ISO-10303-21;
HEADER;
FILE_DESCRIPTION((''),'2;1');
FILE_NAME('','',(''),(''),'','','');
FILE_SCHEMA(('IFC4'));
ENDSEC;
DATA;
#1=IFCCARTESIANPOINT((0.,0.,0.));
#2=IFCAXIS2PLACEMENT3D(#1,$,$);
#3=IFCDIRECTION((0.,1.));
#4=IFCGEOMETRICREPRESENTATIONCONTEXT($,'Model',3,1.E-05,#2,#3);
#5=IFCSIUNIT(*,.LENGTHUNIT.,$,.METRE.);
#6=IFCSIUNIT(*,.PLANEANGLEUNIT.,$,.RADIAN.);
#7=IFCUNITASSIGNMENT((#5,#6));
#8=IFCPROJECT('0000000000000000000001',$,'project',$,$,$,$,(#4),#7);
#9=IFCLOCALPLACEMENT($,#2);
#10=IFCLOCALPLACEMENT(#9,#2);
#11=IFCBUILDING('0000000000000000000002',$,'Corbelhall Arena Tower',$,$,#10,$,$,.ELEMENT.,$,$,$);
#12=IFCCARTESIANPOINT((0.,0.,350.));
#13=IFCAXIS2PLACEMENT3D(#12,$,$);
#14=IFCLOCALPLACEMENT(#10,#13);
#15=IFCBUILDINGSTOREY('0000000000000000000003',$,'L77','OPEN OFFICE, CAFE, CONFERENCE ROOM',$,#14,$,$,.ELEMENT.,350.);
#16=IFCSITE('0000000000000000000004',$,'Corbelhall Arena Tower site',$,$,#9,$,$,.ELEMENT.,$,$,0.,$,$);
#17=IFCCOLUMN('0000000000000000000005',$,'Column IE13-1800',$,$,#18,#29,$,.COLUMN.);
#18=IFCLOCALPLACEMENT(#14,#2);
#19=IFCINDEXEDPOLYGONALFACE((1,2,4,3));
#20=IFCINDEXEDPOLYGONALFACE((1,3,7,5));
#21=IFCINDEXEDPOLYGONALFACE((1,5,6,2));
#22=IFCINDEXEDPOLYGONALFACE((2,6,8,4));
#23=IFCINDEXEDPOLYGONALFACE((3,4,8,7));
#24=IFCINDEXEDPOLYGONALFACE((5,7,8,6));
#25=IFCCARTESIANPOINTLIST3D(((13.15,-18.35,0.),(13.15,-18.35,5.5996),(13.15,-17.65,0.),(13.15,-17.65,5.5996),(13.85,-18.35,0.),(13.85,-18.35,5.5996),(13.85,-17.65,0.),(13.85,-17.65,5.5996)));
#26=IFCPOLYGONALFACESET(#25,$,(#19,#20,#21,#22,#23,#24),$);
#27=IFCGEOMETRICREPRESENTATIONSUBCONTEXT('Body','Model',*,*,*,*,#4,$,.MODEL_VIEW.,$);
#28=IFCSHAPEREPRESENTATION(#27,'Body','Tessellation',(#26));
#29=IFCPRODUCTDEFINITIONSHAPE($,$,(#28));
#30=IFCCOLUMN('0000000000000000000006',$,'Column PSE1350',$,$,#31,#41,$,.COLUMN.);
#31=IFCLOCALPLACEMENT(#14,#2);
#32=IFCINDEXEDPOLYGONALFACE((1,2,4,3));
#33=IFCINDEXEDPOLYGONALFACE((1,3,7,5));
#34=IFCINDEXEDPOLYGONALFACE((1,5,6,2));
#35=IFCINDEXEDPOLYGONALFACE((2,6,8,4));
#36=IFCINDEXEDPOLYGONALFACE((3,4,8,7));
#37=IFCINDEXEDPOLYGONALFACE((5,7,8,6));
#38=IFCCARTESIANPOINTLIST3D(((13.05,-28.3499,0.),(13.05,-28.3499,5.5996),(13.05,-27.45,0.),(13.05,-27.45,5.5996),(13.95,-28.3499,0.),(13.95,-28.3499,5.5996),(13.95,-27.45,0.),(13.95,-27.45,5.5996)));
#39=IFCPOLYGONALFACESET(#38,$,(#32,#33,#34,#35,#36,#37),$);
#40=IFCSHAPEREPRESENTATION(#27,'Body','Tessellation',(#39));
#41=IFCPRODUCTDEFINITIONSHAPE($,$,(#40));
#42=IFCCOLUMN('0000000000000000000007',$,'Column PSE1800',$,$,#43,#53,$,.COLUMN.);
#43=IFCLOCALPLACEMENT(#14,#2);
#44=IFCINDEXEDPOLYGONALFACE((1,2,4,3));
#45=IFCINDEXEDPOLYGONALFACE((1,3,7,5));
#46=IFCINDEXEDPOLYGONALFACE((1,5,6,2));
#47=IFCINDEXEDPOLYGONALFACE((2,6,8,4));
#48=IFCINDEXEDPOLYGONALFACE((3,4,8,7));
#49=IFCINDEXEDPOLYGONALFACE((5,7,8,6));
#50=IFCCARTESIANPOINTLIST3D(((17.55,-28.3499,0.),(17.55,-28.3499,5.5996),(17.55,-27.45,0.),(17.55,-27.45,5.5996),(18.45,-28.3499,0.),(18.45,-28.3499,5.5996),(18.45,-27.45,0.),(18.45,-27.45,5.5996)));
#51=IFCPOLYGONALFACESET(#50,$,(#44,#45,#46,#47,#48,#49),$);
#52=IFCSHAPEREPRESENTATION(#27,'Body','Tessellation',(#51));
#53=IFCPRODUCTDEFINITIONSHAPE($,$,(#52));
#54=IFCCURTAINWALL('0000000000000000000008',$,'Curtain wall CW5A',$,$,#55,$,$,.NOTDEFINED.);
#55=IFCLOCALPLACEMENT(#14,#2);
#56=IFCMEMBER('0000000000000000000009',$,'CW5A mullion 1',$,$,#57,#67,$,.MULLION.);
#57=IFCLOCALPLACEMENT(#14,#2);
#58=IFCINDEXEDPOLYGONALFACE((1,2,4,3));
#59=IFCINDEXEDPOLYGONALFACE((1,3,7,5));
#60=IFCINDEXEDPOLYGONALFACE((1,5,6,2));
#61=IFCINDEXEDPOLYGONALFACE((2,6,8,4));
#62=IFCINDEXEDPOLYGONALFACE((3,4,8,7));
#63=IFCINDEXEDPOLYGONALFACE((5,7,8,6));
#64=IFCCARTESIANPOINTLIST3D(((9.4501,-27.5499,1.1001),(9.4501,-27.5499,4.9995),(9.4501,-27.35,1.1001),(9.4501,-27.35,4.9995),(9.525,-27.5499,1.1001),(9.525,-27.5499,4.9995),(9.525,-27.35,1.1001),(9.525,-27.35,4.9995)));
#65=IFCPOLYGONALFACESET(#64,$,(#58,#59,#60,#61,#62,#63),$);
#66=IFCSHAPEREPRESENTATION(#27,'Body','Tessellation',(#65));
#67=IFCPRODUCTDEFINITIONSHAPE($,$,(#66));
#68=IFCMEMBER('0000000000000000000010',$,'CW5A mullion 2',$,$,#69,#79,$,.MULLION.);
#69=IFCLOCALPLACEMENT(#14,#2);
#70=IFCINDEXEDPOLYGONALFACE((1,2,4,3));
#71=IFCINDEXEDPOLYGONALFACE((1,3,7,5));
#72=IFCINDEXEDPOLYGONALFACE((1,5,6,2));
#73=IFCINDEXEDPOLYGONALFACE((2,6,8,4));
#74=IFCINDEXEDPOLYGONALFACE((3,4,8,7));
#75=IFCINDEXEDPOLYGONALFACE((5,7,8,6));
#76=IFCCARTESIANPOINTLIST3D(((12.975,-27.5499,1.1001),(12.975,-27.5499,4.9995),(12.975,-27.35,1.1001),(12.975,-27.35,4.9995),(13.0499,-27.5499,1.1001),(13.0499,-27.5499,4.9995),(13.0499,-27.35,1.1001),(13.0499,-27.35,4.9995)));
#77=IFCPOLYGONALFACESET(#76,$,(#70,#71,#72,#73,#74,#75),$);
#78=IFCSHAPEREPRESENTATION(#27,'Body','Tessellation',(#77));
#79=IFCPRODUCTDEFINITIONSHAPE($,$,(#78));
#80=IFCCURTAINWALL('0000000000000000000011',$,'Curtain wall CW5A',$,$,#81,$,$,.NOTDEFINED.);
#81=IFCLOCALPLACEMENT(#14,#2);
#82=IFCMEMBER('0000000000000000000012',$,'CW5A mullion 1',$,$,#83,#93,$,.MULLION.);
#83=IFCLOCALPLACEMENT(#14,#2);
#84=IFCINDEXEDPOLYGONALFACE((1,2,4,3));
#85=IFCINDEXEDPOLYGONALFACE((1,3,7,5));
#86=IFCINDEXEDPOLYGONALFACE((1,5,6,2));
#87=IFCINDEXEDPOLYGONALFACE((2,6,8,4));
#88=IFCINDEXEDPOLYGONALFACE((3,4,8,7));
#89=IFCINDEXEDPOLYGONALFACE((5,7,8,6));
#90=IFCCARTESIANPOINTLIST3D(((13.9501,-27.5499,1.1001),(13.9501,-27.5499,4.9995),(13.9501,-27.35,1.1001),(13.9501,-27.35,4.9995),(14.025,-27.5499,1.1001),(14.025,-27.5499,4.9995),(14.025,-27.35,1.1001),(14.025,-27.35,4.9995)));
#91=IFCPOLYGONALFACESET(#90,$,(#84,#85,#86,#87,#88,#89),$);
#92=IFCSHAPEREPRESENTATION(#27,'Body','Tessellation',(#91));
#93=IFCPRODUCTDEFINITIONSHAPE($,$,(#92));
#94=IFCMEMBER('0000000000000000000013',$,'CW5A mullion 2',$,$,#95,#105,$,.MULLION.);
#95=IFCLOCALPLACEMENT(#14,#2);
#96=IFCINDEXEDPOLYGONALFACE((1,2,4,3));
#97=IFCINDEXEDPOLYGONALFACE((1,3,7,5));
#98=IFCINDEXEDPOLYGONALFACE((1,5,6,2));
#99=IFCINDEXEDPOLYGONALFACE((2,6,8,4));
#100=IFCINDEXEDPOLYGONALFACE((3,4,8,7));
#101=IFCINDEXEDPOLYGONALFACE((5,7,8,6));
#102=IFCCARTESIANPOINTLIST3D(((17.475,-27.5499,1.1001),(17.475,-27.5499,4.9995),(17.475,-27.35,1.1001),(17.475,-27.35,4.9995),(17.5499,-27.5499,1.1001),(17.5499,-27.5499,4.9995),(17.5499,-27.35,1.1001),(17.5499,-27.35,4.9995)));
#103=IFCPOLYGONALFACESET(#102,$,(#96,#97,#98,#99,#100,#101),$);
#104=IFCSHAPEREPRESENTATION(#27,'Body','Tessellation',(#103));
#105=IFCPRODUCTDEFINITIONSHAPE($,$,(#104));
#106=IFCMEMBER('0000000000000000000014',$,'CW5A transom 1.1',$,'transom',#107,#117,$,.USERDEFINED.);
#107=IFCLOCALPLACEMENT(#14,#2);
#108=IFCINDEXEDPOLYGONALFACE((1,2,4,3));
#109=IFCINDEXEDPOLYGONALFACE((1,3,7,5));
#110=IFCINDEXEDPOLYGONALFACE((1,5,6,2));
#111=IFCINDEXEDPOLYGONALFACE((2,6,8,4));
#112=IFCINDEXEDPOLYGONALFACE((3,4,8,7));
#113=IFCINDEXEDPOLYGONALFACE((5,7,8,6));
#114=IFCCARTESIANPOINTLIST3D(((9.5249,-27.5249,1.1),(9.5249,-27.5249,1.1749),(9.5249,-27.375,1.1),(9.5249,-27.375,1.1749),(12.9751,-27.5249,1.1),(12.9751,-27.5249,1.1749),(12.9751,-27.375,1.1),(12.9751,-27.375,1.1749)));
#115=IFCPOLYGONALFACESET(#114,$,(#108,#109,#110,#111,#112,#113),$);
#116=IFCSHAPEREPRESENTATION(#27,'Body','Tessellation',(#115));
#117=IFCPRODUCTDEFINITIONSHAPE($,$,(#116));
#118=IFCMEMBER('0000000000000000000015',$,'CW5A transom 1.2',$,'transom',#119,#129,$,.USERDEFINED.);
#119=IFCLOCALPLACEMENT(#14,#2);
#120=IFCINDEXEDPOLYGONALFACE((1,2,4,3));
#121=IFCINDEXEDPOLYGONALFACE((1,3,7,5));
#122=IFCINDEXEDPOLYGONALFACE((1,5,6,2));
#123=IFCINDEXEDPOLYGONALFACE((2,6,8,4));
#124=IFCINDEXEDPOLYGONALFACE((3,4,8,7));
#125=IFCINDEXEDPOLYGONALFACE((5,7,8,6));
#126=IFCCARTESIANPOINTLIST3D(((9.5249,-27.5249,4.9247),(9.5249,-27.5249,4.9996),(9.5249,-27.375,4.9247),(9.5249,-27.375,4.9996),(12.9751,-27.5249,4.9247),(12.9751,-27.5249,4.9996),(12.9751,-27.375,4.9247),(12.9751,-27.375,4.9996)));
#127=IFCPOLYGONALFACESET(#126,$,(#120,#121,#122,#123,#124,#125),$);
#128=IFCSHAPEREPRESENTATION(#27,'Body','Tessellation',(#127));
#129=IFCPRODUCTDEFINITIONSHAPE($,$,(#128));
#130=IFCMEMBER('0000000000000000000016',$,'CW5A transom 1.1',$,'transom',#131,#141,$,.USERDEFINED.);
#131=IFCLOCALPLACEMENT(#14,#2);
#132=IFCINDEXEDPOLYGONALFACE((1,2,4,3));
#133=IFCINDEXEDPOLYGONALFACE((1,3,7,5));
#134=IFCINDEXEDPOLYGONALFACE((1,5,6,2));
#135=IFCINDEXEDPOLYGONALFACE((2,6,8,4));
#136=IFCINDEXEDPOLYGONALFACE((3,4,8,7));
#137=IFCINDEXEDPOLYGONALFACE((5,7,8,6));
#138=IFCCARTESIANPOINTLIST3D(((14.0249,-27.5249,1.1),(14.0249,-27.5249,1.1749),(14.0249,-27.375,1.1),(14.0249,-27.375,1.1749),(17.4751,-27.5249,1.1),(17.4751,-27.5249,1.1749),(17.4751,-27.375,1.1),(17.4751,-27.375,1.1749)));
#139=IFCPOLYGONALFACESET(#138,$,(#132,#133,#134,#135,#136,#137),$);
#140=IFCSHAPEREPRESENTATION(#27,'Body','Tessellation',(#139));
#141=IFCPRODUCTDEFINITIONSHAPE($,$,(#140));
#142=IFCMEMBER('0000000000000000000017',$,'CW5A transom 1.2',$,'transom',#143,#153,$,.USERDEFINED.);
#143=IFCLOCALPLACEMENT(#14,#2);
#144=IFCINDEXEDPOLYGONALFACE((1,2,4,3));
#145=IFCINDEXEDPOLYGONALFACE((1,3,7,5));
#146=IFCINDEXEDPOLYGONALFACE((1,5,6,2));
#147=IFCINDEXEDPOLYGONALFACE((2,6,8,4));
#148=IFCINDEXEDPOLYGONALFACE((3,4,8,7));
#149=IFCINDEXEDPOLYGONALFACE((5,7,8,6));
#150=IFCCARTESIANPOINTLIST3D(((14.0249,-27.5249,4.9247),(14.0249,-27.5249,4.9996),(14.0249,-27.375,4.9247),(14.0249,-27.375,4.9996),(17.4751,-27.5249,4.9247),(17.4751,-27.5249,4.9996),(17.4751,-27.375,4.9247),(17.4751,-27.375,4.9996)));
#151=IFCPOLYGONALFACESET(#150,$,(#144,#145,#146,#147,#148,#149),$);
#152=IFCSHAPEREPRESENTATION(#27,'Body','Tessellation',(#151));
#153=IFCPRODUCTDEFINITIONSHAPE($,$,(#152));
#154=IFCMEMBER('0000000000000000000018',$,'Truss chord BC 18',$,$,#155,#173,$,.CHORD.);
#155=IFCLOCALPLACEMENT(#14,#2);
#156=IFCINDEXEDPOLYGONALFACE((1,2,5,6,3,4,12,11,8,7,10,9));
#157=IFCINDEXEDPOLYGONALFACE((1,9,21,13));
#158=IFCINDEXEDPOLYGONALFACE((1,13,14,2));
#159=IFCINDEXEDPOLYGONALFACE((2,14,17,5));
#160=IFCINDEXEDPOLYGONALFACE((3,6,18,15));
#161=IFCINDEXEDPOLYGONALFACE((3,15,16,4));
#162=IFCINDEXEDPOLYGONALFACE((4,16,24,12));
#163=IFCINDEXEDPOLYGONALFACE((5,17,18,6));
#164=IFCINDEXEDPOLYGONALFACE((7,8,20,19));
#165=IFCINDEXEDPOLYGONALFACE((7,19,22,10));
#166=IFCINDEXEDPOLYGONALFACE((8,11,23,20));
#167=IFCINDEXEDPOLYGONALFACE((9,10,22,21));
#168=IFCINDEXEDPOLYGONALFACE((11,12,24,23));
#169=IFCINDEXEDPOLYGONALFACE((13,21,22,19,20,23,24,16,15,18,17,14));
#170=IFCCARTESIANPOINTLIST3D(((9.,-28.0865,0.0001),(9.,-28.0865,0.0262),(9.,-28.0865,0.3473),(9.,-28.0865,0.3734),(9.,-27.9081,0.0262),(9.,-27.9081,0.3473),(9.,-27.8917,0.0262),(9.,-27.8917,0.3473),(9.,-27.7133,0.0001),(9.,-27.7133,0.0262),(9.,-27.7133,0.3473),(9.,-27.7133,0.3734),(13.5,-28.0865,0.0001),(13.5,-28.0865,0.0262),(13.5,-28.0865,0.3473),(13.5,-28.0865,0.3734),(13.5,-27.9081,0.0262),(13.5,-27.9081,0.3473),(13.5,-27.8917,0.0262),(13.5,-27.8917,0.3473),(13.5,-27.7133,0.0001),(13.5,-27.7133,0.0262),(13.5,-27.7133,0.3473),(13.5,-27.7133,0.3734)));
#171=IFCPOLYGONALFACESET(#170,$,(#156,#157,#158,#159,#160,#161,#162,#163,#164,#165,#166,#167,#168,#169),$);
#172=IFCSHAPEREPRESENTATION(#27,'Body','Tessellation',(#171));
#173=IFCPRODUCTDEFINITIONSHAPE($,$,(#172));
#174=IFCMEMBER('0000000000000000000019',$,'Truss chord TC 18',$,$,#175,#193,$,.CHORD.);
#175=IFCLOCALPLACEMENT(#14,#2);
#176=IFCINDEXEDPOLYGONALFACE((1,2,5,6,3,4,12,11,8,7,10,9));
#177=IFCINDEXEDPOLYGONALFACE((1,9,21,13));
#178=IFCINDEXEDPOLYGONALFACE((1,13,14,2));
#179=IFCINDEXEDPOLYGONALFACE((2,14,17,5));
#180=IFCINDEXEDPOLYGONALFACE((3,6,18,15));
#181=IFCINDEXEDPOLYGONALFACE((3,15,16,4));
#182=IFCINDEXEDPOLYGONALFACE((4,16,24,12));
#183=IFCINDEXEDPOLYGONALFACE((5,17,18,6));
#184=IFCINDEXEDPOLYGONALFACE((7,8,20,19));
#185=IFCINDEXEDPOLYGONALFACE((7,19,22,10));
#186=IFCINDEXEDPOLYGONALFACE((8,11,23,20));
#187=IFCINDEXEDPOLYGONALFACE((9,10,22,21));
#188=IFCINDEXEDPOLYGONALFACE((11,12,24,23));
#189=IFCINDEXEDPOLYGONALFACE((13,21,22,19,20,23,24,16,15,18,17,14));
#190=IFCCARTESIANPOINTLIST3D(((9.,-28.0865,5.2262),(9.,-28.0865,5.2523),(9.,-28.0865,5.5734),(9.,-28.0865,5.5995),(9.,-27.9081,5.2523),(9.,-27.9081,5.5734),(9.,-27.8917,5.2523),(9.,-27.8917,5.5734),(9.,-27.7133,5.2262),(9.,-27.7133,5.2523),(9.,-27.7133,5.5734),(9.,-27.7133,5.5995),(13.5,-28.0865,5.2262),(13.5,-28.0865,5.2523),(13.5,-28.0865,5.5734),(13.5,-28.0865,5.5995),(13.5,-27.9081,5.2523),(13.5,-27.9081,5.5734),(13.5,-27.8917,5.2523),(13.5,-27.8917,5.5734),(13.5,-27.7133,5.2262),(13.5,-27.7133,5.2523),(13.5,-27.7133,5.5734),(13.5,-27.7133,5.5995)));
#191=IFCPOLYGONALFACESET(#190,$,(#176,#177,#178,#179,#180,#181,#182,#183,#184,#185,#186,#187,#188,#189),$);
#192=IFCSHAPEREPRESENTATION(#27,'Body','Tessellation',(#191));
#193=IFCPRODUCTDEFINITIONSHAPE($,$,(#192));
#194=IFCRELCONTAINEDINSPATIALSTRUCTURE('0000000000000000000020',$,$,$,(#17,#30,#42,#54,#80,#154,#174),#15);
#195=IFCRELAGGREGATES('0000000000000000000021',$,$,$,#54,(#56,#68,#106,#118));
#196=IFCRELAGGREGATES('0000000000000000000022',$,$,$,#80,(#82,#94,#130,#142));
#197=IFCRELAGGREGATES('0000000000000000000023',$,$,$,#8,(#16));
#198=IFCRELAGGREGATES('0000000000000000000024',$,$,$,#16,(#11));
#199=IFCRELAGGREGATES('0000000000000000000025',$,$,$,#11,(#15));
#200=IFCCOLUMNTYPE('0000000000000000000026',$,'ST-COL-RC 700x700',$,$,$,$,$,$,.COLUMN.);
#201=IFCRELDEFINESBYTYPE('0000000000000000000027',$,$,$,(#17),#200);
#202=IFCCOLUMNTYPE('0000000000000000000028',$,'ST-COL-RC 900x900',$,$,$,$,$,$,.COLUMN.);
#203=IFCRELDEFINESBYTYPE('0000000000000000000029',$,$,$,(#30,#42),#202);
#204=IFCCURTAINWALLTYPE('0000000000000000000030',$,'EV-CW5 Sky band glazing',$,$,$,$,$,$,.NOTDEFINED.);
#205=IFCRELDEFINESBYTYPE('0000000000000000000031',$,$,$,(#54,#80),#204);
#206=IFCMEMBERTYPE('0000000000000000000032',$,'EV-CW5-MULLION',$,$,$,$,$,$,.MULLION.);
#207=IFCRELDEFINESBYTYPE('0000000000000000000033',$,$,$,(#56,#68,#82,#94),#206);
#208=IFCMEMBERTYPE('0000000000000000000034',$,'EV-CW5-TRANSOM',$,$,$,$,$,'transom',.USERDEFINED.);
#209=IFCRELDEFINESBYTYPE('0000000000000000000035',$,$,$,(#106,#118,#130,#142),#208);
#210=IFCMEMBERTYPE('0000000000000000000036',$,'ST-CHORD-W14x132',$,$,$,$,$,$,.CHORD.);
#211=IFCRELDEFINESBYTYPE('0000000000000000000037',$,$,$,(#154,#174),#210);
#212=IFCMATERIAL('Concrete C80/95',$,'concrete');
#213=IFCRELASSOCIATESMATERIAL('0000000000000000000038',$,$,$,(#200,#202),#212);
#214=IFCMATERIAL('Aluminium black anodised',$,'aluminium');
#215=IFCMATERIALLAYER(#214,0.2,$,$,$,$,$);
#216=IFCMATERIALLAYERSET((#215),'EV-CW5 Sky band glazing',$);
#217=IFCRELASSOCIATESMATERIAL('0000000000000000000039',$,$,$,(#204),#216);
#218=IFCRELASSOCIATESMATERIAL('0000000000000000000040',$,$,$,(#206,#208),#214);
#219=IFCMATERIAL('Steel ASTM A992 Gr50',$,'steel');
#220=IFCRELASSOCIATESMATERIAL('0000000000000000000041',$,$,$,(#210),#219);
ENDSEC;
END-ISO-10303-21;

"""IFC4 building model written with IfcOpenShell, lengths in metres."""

from ifc_helpers import new_model, si_unit, direction, frame, origin, origin_2d, place, context, subcontext, project, spatial, rectangle, i_section, extrude, material, layer, layer_set, material_profile, profile_set, type_object, element, aggregate, save


model = new_model("IFC4")

# Units and contexts
model_context = context("Model", 3, precision=1e-05, world=origin(), true_north=direction((0.0, 1.0)))
body_context = subcontext(model_context, "Body", "Model", "MODEL_VIEW")
ifc_project = project(units=[si_unit("LENGTHUNIT", "METRE"), si_unit("PLANEANGLEUNIT", "RADIAN")], contexts=[model_context])

# Site, building, storey
site_placement = place(None, origin())
site = spatial("IfcSite", under=ifc_project, at=site_placement, Name="Corbelhall Arena Tower site", CompositionType="ELEMENT", RefElevation=0.0)
building_placement = place(site_placement, origin())
building = spatial("IfcBuilding", under=site, at=building_placement, Name="Corbelhall Arena Tower", CompositionType="ELEMENT")
storey_placement = place(building_placement, frame((0.0, 0.0, 350.0)))
storey = spatial("IfcBuildingStorey", under=building, at=storey_placement, Name="L77", Description="OPEN OFFICE, CAFE, CONFERENCE ROOM", CompositionType="ELEMENT", Elevation=350.0)

# Columns
ifc_material_1 = material(Name="Concrete C80/95", Category="concrete")
ifc_material_profile_1 = material_profile(ifc_material_1, rectangle(XDim=0.7, YDim=0.7, at=origin_2d()))
ifc_profile_set_1 = profile_set([ifc_material_profile_1], Name="Concrete C80/95")
column_type_1 = type_object("IfcColumnType", Name="ST-COL-RC 700x700", PredefinedType="COLUMN", material=ifc_profile_set_1)
column_placement = place(storey_placement, frame((13.5, -18.0, 0.0), z_axis=(0.0, 0.0, 1.0), x_axis=(1.0, 0.0, 0.0)))
element("IfcColumn", 1, at=column_placement, inside=storey, type_object=column_type_1, Name="Column IE13-1800", PredefinedType="COLUMN", context=body_context, shape_type="SweptSolid", body=[
    extrude(rectangle(XDim=0.7, YDim=0.7, at=origin_2d()), origin(), (0.0, 0.0, 1.0), 5.5996),
])
ifc_material_profile_2 = material_profile(ifc_material_1, rectangle(XDim=0.8999, YDim=0.8999, at=origin_2d()))
ifc_profile_set_2 = profile_set([ifc_material_profile_2], Name="Concrete C80/95")
column_type_2 = type_object("IfcColumnType", Name="ST-COL-RC 900x900", PredefinedType="COLUMN", material=ifc_profile_set_2)
for number, where, z_axis, x_axis, name in (
    (2, (13.5, -27.8999, 0.0), (0.0, 0.0, 1.0), (1.0, 0.0, 0.0), "Column PSE1350"),
    (3, (18.0, -27.8999, 0.0), (0.0, 0.0, 1.0), (1.0, 0.0, 0.0), "Column PSE1800"),
):
    element("IfcColumn", number, at=place(storey_placement, frame(where, z_axis=z_axis, x_axis=x_axis)), inside=storey, type_object=column_type_2, Name=name, PredefinedType="COLUMN", context=body_context, shape_type="SweptSolid", body=[
        extrude(rectangle(XDim=0.8999, YDim=0.8999, at=origin_2d()), origin(), (0.0, 0.0, 1.0), 5.5996),
    ])

# Curtain walls, members
ifc_material_2 = material(Name="Aluminium black anodised", Category="aluminium")
ifc_layer_1 = layer(ifc_material_2, 0.2)
ifc_layer_set_1 = layer_set([ifc_layer_1], Name="EV-CW5 Sky band glazing")
curtain_wall_type = type_object("IfcCurtainWallType", Name="EV-CW5 Sky band glazing", PredefinedType="NOTDEFINED", material=ifc_layer_set_1)
curtain_wall_1_placement = place(storey_placement, origin())
curtain_wall_1 = element("IfcCurtainWall", 4, at=curtain_wall_1_placement, inside=storey, type_object=curtain_wall_type, Name="Curtain wall CW5A", PredefinedType="NOTDEFINED")
ifc_material_profile_3 = material_profile(ifc_material_2, rectangle(XDim=0.2, YDim=0.075, at=origin_2d()))
ifc_profile_set_3 = profile_set([ifc_material_profile_3], Name="Aluminium black anodised")
member_type_1 = type_object("IfcMemberType", Name="EV-CW5-MULLION", PredefinedType="MULLION", material=ifc_profile_set_3)
member_1_placement = place(storey_placement, frame((9.4875, -27.45, 1.1001), z_axis=(0.0, 0.0, 1.0), x_axis=(0.0, 1.0, 0.0)))
member_1 = element("IfcMember", 5, at=member_1_placement, type_object=member_type_1, Name="CW5A mullion 1", PredefinedType="MULLION", context=body_context, shape_type="SweptSolid", body=[
    extrude(rectangle(XDim=0.2, YDim=0.075, at=origin_2d()), origin(), (0.0, 0.0, 1.0), 3.8994),
])
member_2_placement = place(storey_placement, frame((13.0125, -27.45, 1.1001), z_axis=(0.0, 0.0, 1.0), x_axis=(0.0, 1.0, 0.0)))
member_2 = element("IfcMember", 6, at=member_2_placement, type_object=member_type_1, Name="CW5A mullion 2", PredefinedType="MULLION", context=body_context, shape_type="SweptSolid", body=[
    extrude(rectangle(XDim=0.2, YDim=0.075, at=origin_2d()), origin(), (0.0, 0.0, 1.0), 3.8994),
])
curtain_wall_2_placement = place(storey_placement, origin())
curtain_wall_2 = element("IfcCurtainWall", 7, at=curtain_wall_2_placement, inside=storey, type_object=curtain_wall_type, Name="Curtain wall CW5A", PredefinedType="NOTDEFINED")
member_3_placement = place(storey_placement, frame((13.9875, -27.45, 1.1001), z_axis=(0.0, 0.0, 1.0), x_axis=(0.0, 1.0, 0.0)))
member_3 = element("IfcMember", 8, at=member_3_placement, type_object=member_type_1, Name="CW5A mullion 1", PredefinedType="MULLION", context=body_context, shape_type="SweptSolid", body=[
    extrude(rectangle(XDim=0.2, YDim=0.075, at=origin_2d()), origin(), (0.0, 0.0, 1.0), 3.8994),
])
member_4_placement = place(storey_placement, frame((17.5125, -27.45, 1.1001), z_axis=(0.0, 0.0, 1.0), x_axis=(0.0, 1.0, 0.0)))
member_4 = element("IfcMember", 9, at=member_4_placement, type_object=member_type_1, Name="CW5A mullion 2", PredefinedType="MULLION", context=body_context, shape_type="SweptSolid", body=[
    extrude(rectangle(XDim=0.2, YDim=0.075, at=origin_2d()), origin(), (0.0, 0.0, 1.0), 3.8994),
])

# Members
ifc_material_profile_4 = material_profile(ifc_material_2, rectangle(XDim=0.1499, YDim=0.075, at=origin_2d()))
ifc_profile_set_4 = profile_set([ifc_material_profile_4], Name="Aluminium black anodised")
member_type_2 = type_object("IfcMemberType", Name="EV-CW5-TRANSOM", ElementType="transom", PredefinedType="USERDEFINED", material=ifc_profile_set_4)
member_5_placement = place(storey_placement, frame((9.5249, -27.45, 1.1375), z_axis=(1.0, 0.0, 0.0), x_axis=(0.0, 1.0, 0.0)))
member_5 = element("IfcMember", 10, at=member_5_placement, type_object=member_type_2, Name="CW5A transom 1.1", ObjectType="transom", PredefinedType="USERDEFINED", context=body_context, shape_type="SweptSolid", body=[
    extrude(rectangle(XDim=0.1499, YDim=0.075, at=origin_2d()), origin(), (0.0, 0.0, 1.0), 3.4502),
])
member_6_placement = place(storey_placement, frame((9.5249, -27.45, 4.9622), z_axis=(1.0, 0.0, 0.0), x_axis=(0.0, 1.0, 0.0)))
member_6 = element("IfcMember", 11, at=member_6_placement, type_object=member_type_2, Name="CW5A transom 1.2", ObjectType="transom", PredefinedType="USERDEFINED", context=body_context, shape_type="SweptSolid", body=[
    extrude(rectangle(XDim=0.1499, YDim=0.075, at=origin_2d()), origin(), (0.0, 0.0, 1.0), 3.4502),
])
member_7_placement = place(storey_placement, frame((14.0249, -27.45, 1.1375), z_axis=(1.0, 0.0, 0.0), x_axis=(0.0, 1.0, 0.0)))
member_7 = element("IfcMember", 12, at=member_7_placement, type_object=member_type_2, Name="CW5A transom 1.1", ObjectType="transom", PredefinedType="USERDEFINED", context=body_context, shape_type="SweptSolid", body=[
    extrude(rectangle(XDim=0.1499, YDim=0.075, at=origin_2d()), origin(), (0.0, 0.0, 1.0), 3.4502),
])
member_8_placement = place(storey_placement, frame((14.0249, -27.45, 4.9622), z_axis=(1.0, 0.0, 0.0), x_axis=(0.0, 1.0, 0.0)))
member_8 = element("IfcMember", 13, at=member_8_placement, type_object=member_type_2, Name="CW5A transom 1.2", ObjectType="transom", PredefinedType="USERDEFINED", context=body_context, shape_type="SweptSolid", body=[
    extrude(rectangle(XDim=0.1499, YDim=0.075, at=origin_2d()), origin(), (0.0, 0.0, 1.0), 3.4502),
])

# Members
ifc_material_3 = material(Name="Steel ASTM A992 Gr50", Category="steel")
ifc_material_profile_5 = material_profile(ifc_material_3, i_section(OverallWidth=0.3733, OverallDepth=0.3733, WebThickness=0.0164, FlangeThickness=0.0261, at=origin_2d()))
ifc_profile_set_5 = profile_set([ifc_material_profile_5], Name="Steel ASTM A992 Gr50")
member_type_3 = type_object("IfcMemberType", Name="ST-CHORD-W14x132", PredefinedType="CHORD", material=ifc_profile_set_5)
for number, where, z_axis, x_axis, name in (
    (14, (13.5, -27.8999, 0.1868), (-1.0, 0.0, 0.0), (0.0, -1.0, 0.0), "Truss chord BC 18"),
    (15, (13.5, -27.8999, 5.4128), (-1.0, 0.0, 0.0), (0.0, -1.0, 0.0), "Truss chord TC 18"),
):
    element("IfcMember", number, at=place(storey_placement, frame(where, z_axis=z_axis, x_axis=x_axis)), inside=storey, type_object=member_type_3, Name=name, PredefinedType="CHORD", context=body_context, shape_type="SweptSolid", body=[
        extrude(i_section(OverallWidth=0.3733, OverallDepth=0.3733, WebThickness=0.0164, FlangeThickness=0.0261, at=origin_2d()), origin(), (0.0, 0.0, 1.0), 4.5),
    ])

aggregate(curtain_wall_1, [member_1, member_2, member_5, member_6])
aggregate(curtain_wall_2, [member_3, member_4, member_7, member_8])

save(model, "model.ifc")
